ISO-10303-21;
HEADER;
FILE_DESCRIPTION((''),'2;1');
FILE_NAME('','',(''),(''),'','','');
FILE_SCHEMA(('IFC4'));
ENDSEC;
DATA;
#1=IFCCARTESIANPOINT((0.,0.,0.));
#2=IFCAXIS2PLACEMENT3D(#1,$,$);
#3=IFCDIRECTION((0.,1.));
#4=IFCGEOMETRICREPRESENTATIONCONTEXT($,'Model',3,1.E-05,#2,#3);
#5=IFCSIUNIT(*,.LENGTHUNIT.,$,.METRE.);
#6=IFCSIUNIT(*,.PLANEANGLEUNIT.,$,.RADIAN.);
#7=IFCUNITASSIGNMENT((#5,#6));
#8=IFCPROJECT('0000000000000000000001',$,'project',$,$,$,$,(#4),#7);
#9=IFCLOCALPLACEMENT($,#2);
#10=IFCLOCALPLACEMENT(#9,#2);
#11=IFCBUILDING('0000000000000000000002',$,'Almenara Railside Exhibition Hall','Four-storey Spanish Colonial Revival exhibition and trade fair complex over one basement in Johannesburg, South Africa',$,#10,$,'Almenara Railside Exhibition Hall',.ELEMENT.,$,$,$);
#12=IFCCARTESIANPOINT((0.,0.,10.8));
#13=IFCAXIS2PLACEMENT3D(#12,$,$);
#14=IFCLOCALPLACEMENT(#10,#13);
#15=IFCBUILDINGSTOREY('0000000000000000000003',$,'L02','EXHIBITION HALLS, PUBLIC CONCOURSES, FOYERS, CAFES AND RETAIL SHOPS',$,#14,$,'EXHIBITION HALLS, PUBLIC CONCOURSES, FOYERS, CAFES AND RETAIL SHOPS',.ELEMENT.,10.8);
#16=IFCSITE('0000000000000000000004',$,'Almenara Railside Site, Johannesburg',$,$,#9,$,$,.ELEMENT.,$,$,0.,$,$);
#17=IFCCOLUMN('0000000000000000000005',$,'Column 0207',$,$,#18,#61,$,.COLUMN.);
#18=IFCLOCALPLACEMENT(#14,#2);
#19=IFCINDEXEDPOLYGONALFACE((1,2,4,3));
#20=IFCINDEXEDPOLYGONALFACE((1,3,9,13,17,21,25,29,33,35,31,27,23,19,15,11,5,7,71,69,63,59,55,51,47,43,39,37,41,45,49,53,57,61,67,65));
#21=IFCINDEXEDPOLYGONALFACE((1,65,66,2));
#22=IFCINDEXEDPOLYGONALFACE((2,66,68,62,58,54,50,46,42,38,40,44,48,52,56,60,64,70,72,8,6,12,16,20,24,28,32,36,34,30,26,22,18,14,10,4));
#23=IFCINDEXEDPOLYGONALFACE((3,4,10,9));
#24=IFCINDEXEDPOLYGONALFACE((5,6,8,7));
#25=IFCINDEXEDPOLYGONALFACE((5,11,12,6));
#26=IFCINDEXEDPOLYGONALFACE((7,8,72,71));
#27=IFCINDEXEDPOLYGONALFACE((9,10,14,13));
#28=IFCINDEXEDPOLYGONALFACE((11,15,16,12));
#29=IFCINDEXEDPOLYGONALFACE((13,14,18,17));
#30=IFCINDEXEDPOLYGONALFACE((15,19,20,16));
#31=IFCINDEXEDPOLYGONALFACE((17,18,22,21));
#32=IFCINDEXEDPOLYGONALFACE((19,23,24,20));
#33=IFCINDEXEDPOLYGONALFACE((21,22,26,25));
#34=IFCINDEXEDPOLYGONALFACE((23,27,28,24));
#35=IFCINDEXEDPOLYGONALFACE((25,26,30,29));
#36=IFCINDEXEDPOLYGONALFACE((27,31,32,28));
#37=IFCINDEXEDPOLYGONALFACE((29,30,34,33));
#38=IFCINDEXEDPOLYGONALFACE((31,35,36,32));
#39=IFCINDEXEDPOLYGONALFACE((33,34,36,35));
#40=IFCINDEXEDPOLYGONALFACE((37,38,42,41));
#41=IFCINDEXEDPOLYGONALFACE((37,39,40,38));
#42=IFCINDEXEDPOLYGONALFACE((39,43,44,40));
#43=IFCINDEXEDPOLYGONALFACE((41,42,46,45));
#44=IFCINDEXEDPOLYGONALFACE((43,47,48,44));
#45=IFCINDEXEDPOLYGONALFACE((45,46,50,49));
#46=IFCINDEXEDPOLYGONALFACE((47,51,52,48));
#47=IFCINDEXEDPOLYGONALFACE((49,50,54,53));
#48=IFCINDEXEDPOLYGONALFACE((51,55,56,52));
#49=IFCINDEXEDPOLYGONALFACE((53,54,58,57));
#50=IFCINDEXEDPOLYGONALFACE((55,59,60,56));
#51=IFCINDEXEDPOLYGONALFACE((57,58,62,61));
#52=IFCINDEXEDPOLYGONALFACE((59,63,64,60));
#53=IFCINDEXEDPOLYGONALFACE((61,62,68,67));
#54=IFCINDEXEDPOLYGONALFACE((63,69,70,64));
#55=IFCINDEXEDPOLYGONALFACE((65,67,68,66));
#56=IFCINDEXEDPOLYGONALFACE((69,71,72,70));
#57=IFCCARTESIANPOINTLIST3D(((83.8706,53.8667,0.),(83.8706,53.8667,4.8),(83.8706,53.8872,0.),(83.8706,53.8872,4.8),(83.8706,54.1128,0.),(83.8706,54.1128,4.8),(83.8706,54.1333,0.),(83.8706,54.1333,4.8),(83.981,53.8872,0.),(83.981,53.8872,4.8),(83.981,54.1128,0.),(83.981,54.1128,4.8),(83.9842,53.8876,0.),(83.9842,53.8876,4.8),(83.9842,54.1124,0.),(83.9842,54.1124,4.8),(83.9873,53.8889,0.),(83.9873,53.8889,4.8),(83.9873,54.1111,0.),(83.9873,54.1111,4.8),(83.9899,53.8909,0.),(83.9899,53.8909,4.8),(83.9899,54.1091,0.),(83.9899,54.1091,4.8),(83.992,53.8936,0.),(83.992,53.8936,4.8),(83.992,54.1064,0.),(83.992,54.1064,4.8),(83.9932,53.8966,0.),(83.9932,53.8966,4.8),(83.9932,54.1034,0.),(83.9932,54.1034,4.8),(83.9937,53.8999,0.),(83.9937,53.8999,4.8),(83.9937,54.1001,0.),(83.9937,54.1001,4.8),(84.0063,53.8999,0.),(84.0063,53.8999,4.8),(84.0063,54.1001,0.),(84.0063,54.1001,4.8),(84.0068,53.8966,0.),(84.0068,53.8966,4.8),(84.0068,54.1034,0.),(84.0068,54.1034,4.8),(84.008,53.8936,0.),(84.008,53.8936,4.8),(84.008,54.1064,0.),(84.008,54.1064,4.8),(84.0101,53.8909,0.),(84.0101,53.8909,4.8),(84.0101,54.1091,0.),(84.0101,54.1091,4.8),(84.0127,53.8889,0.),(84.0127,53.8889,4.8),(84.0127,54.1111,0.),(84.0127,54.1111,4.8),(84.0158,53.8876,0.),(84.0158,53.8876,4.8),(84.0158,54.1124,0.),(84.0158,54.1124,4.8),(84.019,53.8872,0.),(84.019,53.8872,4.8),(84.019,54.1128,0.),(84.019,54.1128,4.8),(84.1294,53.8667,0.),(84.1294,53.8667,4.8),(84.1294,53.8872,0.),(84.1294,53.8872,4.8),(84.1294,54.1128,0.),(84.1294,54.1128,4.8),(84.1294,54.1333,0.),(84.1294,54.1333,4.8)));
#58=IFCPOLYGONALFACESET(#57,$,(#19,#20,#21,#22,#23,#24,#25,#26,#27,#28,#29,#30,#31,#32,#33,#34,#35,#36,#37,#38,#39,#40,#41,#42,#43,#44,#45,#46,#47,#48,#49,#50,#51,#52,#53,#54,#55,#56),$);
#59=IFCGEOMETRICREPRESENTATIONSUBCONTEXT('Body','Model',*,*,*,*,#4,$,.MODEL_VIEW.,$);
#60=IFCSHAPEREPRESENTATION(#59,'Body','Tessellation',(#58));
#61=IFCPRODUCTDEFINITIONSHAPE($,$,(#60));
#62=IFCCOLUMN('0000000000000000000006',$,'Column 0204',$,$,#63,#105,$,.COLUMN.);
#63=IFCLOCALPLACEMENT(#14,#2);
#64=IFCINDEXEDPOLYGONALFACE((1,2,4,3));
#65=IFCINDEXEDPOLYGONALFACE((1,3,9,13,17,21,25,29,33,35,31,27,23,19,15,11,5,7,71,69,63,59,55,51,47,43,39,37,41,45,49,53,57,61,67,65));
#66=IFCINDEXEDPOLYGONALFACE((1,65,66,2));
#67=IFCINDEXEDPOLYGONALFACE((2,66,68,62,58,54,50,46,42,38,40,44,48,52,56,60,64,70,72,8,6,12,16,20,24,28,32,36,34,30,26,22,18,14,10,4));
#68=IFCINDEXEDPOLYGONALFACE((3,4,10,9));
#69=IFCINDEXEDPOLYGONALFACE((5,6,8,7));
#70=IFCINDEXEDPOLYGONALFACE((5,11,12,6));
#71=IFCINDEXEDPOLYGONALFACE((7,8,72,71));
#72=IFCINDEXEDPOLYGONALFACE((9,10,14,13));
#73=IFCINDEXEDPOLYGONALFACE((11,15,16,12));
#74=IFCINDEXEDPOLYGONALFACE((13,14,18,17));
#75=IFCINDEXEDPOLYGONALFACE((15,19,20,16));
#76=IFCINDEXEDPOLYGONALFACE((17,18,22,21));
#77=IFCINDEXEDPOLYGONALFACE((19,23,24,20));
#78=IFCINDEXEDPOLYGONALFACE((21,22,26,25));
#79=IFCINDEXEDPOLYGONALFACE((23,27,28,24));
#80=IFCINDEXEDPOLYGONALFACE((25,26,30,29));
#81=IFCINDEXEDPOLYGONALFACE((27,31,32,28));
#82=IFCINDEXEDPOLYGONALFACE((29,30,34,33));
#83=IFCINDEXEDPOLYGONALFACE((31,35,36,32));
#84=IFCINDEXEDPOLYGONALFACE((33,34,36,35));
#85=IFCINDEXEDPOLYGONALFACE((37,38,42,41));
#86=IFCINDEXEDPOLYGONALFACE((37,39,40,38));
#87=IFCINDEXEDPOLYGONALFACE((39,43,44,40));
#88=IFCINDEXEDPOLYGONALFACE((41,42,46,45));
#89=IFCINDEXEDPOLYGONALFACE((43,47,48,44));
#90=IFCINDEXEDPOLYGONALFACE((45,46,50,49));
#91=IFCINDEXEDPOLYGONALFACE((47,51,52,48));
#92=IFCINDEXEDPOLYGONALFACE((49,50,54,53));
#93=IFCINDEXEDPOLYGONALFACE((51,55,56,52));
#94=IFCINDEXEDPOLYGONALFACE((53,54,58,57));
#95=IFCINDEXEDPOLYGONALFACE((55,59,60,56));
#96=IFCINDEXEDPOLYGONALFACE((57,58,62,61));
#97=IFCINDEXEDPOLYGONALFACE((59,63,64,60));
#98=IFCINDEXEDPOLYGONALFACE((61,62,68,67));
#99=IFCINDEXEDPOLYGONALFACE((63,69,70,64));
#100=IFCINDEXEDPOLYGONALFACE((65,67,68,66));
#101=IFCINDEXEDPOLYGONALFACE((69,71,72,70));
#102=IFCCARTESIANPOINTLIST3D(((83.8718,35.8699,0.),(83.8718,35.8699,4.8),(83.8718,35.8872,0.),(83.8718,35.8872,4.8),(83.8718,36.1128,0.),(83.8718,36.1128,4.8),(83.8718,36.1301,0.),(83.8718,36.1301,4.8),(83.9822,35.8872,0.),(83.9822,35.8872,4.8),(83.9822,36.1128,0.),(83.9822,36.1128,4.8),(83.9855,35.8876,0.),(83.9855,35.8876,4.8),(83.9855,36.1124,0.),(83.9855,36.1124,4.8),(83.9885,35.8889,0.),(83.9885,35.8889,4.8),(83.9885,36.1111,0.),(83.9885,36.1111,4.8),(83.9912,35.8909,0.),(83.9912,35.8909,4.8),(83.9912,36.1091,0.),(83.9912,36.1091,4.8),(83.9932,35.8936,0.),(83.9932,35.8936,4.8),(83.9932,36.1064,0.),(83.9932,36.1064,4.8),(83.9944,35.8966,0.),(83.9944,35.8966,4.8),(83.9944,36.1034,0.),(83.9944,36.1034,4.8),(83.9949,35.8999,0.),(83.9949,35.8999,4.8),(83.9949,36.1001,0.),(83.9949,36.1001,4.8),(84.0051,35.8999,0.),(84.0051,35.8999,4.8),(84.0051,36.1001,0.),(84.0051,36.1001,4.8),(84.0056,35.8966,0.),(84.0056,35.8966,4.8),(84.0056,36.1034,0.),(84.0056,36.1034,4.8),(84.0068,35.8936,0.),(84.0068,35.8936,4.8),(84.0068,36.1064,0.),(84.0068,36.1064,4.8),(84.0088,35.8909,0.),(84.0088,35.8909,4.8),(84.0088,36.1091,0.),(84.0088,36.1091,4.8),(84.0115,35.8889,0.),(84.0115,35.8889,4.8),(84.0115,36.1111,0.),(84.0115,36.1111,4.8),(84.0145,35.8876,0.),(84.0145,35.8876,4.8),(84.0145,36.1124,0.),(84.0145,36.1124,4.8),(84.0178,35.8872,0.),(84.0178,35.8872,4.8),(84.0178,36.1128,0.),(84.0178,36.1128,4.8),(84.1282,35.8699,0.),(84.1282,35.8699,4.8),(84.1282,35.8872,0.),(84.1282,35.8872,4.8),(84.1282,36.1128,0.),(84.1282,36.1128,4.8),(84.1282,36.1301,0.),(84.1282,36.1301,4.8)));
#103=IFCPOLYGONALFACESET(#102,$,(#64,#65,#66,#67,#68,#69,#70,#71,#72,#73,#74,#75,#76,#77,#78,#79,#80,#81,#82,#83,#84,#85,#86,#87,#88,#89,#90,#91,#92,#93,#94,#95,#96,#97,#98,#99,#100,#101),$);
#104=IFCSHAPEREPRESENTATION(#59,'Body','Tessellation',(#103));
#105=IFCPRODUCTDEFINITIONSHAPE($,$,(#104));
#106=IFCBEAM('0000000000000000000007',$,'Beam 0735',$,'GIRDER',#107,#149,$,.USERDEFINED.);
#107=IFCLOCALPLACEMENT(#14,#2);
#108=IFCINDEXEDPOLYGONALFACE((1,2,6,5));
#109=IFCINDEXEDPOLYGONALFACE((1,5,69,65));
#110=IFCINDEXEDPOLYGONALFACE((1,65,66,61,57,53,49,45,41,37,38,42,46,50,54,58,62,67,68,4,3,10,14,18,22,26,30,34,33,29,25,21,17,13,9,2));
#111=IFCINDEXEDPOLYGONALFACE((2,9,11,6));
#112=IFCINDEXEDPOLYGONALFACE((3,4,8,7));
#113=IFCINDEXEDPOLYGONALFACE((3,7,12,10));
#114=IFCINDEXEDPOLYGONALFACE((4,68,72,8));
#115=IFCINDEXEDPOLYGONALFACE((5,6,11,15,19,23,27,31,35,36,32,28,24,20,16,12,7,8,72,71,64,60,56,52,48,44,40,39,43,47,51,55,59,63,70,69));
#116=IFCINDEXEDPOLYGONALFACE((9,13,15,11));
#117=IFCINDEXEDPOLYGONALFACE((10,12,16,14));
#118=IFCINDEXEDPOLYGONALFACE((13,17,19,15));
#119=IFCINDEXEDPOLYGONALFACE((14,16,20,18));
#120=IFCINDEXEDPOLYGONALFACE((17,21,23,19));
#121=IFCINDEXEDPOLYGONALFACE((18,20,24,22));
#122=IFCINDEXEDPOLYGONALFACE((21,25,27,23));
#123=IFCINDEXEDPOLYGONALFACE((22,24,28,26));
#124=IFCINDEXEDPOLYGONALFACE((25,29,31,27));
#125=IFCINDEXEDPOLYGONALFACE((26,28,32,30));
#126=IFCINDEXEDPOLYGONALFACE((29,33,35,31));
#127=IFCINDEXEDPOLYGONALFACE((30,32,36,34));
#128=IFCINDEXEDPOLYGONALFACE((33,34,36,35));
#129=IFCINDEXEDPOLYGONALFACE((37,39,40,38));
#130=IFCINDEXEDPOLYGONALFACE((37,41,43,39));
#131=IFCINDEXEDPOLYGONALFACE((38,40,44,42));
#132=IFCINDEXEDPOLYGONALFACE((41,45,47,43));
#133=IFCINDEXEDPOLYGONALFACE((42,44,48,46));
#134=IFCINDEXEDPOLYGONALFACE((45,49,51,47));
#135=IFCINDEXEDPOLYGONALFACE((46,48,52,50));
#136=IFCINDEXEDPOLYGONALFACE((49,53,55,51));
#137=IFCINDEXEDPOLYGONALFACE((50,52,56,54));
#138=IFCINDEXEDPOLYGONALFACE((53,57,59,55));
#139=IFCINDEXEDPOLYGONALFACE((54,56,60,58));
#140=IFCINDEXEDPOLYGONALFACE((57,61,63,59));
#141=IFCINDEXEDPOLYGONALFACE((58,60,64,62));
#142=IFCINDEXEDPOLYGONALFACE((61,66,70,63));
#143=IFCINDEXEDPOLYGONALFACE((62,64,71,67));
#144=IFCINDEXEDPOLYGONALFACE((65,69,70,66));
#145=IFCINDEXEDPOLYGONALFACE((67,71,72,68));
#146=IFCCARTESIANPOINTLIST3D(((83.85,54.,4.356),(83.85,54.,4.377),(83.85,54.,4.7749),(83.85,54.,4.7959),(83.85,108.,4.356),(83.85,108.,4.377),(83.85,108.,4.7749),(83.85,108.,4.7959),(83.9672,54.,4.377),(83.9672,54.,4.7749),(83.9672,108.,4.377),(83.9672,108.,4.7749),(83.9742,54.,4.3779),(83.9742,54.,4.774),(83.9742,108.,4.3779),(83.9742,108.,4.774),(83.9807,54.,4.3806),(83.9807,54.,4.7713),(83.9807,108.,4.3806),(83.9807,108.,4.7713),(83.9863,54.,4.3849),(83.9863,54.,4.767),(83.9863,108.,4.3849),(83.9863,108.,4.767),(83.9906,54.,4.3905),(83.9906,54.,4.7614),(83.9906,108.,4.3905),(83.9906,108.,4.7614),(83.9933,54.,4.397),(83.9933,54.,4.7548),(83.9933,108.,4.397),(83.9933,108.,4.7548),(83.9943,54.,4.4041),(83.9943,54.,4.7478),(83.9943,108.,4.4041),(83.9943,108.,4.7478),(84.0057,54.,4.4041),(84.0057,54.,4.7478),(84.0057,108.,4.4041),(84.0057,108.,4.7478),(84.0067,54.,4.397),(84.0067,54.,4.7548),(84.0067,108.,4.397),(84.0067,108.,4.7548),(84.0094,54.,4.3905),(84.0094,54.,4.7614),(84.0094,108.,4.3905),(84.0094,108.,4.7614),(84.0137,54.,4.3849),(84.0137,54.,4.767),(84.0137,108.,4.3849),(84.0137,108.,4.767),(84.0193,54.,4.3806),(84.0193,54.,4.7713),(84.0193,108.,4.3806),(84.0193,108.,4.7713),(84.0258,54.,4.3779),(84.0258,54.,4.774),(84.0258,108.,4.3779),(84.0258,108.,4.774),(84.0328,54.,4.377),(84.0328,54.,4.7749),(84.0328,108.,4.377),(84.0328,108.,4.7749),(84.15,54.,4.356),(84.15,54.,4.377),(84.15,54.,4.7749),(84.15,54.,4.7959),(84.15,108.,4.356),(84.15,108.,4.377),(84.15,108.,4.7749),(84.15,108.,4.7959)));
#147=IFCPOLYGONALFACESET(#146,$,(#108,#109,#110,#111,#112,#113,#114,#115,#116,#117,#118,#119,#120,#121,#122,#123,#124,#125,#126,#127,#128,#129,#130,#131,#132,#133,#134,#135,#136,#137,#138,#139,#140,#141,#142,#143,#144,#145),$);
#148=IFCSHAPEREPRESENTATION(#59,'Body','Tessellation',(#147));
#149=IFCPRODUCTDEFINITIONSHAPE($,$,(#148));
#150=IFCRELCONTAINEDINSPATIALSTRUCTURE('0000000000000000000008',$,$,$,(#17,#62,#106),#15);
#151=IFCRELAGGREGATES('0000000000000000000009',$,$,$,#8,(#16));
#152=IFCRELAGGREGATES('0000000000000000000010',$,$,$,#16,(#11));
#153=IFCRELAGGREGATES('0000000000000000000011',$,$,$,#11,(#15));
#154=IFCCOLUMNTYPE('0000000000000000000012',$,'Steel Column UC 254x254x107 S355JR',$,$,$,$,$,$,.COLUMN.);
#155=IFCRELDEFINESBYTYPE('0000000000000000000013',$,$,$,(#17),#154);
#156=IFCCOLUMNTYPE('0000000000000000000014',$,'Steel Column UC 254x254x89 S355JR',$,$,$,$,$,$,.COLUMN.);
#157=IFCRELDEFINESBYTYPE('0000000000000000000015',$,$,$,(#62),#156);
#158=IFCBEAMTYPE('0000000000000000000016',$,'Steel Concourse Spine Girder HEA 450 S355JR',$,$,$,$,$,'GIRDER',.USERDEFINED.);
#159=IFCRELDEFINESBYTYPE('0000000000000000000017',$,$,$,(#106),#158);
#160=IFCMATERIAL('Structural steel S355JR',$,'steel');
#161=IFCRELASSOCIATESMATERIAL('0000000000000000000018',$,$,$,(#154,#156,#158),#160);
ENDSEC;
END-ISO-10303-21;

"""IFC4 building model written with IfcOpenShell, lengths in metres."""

from ifc_helpers import new_model, si_unit, direction, frame, origin, origin_2d, place, context, subcontext, project, spatial, i_section, extrude, material, material_profile, profile_set, type_object, element, save


model = new_model("IFC4")

# Units and contexts
model_context = context("Model", 3, precision=1e-05, world=origin(), true_north=direction((0.0, 1.0)))
body_context = subcontext(model_context, "Body", "Model", "MODEL_VIEW")
ifc_project = project(units=[si_unit("LENGTHUNIT", "METRE"), si_unit("PLANEANGLEUNIT", "RADIAN")], contexts=[model_context])

# Site, building, storey
site_placement = place(None, origin())
site = spatial("IfcSite", under=ifc_project, at=site_placement, Name="Almenara Railside Site, Johannesburg", CompositionType="ELEMENT", RefElevation=0.0)
building_placement = place(site_placement, origin())
building = spatial("IfcBuilding", under=site, at=building_placement, Name="Almenara Railside Exhibition Hall", Description="Four-storey Spanish Colonial Revival exhibition and trade fair complex over one basement in Johannesburg, South Africa", LongName="Almenara Railside Exhibition Hall", CompositionType="ELEMENT")
storey_placement = place(building_placement, frame((0.0, 0.0, 10.8)))
storey = spatial("IfcBuildingStorey", under=building, at=storey_placement, Name="L02", Description="EXHIBITION HALLS, PUBLIC CONCOURSES, FOYERS, CAFES AND RETAIL SHOPS", LongName="EXHIBITION HALLS, PUBLIC CONCOURSES, FOYERS, CAFES AND RETAIL SHOPS", CompositionType="ELEMENT", Elevation=10.8)

# Columns
ifc_material_1 = material(Name="Structural steel S355JR", Category="steel")
ifc_material_profile_1 = material_profile(ifc_material_1, i_section(OverallWidth=0.2588, OverallDepth=0.2666, WebThickness=0.0127, FlangeThickness=0.0205, FilletRadius=0.0127, at=origin_2d()), Name="UC 254x254x107")
ifc_profile_set_1 = profile_set([ifc_material_profile_1], Name="Structural steel S355JR")
column_type_1 = type_object("IfcColumnType", Name="Steel Column UC 254x254x107 S355JR", PredefinedType="COLUMN", material=ifc_profile_set_1)
column_1_placement = place(storey_placement, frame((84.0, 54.0, 0.0), z_axis=(0.0, 0.0, 1.0), x_axis=(1.0, 0.0, 0.0)))
element("IfcColumn", 1, at=column_1_placement, inside=storey, type_object=column_type_1, Name="Column 0207", PredefinedType="COLUMN", context=body_context, shape_type="SweptSolid", body=[
    extrude(i_section(OverallWidth=0.2588, OverallDepth=0.2666, WebThickness=0.0127, FlangeThickness=0.0205, FilletRadius=0.0127, at=origin_2d()), origin(), (0.0, 0.0, 1.0), 4.8),
])
ifc_material_profile_2 = material_profile(ifc_material_1, i_section(OverallWidth=0.2563, OverallDepth=0.2603, WebThickness=0.0103, FlangeThickness=0.0173, FilletRadius=0.0127, at=origin_2d()), Name="UC 254x254x89")
ifc_profile_set_2 = profile_set([ifc_material_profile_2], Name="Structural steel S355JR")
column_type_2 = type_object("IfcColumnType", Name="Steel Column UC 254x254x89 S355JR", PredefinedType="COLUMN", material=ifc_profile_set_2)
column_2_placement = place(storey_placement, frame((84.0, 36.0, 0.0), z_axis=(0.0, 0.0, 1.0), x_axis=(1.0, 0.0, 0.0)))
element("IfcColumn", 2, at=column_2_placement, inside=storey, type_object=column_type_2, Name="Column 0204", PredefinedType="COLUMN", context=body_context, shape_type="SweptSolid", body=[
    extrude(i_section(OverallWidth=0.2563, OverallDepth=0.2603, WebThickness=0.0103, FlangeThickness=0.0173, FilletRadius=0.0127, at=origin_2d()), origin(), (0.0, 0.0, 1.0), 4.8),
])

# Beam
ifc_material_profile_3 = material_profile(ifc_material_1, i_section(OverallWidth=0.3, OverallDepth=0.4399, WebThickness=0.0115, FlangeThickness=0.021, FilletRadius=0.0271, at=origin_2d()), Name="HEA 450")
ifc_profile_set_3 = profile_set([ifc_material_profile_3], Name="Structural steel S355JR")
beam_type_1 = type_object("IfcBeamType", Name="Steel Concourse Spine Girder HEA 450 S355JR", ElementType="GIRDER", PredefinedType="USERDEFINED", material=ifc_profile_set_3)
beam_1_placement = place(storey_placement, frame((84.0, 54.0, 4.5759), z_axis=(0.0, 1.0, 0.0), x_axis=(-1.0, 0.0, 0.0)))
element("IfcBeam", 3, at=beam_1_placement, inside=storey, type_object=beam_type_1, Name="Beam 0735", ObjectType="GIRDER", PredefinedType="USERDEFINED", context=body_context, shape_type="SweptSolid", body=[
    extrude(i_section(OverallWidth=0.3, OverallDepth=0.4399, WebThickness=0.0115, FlangeThickness=0.021, FilletRadius=0.0271, at=origin_2d()), origin(), (0.0, 0.0, 1.0), 54.0),
])

save(model, "model.ifc")
